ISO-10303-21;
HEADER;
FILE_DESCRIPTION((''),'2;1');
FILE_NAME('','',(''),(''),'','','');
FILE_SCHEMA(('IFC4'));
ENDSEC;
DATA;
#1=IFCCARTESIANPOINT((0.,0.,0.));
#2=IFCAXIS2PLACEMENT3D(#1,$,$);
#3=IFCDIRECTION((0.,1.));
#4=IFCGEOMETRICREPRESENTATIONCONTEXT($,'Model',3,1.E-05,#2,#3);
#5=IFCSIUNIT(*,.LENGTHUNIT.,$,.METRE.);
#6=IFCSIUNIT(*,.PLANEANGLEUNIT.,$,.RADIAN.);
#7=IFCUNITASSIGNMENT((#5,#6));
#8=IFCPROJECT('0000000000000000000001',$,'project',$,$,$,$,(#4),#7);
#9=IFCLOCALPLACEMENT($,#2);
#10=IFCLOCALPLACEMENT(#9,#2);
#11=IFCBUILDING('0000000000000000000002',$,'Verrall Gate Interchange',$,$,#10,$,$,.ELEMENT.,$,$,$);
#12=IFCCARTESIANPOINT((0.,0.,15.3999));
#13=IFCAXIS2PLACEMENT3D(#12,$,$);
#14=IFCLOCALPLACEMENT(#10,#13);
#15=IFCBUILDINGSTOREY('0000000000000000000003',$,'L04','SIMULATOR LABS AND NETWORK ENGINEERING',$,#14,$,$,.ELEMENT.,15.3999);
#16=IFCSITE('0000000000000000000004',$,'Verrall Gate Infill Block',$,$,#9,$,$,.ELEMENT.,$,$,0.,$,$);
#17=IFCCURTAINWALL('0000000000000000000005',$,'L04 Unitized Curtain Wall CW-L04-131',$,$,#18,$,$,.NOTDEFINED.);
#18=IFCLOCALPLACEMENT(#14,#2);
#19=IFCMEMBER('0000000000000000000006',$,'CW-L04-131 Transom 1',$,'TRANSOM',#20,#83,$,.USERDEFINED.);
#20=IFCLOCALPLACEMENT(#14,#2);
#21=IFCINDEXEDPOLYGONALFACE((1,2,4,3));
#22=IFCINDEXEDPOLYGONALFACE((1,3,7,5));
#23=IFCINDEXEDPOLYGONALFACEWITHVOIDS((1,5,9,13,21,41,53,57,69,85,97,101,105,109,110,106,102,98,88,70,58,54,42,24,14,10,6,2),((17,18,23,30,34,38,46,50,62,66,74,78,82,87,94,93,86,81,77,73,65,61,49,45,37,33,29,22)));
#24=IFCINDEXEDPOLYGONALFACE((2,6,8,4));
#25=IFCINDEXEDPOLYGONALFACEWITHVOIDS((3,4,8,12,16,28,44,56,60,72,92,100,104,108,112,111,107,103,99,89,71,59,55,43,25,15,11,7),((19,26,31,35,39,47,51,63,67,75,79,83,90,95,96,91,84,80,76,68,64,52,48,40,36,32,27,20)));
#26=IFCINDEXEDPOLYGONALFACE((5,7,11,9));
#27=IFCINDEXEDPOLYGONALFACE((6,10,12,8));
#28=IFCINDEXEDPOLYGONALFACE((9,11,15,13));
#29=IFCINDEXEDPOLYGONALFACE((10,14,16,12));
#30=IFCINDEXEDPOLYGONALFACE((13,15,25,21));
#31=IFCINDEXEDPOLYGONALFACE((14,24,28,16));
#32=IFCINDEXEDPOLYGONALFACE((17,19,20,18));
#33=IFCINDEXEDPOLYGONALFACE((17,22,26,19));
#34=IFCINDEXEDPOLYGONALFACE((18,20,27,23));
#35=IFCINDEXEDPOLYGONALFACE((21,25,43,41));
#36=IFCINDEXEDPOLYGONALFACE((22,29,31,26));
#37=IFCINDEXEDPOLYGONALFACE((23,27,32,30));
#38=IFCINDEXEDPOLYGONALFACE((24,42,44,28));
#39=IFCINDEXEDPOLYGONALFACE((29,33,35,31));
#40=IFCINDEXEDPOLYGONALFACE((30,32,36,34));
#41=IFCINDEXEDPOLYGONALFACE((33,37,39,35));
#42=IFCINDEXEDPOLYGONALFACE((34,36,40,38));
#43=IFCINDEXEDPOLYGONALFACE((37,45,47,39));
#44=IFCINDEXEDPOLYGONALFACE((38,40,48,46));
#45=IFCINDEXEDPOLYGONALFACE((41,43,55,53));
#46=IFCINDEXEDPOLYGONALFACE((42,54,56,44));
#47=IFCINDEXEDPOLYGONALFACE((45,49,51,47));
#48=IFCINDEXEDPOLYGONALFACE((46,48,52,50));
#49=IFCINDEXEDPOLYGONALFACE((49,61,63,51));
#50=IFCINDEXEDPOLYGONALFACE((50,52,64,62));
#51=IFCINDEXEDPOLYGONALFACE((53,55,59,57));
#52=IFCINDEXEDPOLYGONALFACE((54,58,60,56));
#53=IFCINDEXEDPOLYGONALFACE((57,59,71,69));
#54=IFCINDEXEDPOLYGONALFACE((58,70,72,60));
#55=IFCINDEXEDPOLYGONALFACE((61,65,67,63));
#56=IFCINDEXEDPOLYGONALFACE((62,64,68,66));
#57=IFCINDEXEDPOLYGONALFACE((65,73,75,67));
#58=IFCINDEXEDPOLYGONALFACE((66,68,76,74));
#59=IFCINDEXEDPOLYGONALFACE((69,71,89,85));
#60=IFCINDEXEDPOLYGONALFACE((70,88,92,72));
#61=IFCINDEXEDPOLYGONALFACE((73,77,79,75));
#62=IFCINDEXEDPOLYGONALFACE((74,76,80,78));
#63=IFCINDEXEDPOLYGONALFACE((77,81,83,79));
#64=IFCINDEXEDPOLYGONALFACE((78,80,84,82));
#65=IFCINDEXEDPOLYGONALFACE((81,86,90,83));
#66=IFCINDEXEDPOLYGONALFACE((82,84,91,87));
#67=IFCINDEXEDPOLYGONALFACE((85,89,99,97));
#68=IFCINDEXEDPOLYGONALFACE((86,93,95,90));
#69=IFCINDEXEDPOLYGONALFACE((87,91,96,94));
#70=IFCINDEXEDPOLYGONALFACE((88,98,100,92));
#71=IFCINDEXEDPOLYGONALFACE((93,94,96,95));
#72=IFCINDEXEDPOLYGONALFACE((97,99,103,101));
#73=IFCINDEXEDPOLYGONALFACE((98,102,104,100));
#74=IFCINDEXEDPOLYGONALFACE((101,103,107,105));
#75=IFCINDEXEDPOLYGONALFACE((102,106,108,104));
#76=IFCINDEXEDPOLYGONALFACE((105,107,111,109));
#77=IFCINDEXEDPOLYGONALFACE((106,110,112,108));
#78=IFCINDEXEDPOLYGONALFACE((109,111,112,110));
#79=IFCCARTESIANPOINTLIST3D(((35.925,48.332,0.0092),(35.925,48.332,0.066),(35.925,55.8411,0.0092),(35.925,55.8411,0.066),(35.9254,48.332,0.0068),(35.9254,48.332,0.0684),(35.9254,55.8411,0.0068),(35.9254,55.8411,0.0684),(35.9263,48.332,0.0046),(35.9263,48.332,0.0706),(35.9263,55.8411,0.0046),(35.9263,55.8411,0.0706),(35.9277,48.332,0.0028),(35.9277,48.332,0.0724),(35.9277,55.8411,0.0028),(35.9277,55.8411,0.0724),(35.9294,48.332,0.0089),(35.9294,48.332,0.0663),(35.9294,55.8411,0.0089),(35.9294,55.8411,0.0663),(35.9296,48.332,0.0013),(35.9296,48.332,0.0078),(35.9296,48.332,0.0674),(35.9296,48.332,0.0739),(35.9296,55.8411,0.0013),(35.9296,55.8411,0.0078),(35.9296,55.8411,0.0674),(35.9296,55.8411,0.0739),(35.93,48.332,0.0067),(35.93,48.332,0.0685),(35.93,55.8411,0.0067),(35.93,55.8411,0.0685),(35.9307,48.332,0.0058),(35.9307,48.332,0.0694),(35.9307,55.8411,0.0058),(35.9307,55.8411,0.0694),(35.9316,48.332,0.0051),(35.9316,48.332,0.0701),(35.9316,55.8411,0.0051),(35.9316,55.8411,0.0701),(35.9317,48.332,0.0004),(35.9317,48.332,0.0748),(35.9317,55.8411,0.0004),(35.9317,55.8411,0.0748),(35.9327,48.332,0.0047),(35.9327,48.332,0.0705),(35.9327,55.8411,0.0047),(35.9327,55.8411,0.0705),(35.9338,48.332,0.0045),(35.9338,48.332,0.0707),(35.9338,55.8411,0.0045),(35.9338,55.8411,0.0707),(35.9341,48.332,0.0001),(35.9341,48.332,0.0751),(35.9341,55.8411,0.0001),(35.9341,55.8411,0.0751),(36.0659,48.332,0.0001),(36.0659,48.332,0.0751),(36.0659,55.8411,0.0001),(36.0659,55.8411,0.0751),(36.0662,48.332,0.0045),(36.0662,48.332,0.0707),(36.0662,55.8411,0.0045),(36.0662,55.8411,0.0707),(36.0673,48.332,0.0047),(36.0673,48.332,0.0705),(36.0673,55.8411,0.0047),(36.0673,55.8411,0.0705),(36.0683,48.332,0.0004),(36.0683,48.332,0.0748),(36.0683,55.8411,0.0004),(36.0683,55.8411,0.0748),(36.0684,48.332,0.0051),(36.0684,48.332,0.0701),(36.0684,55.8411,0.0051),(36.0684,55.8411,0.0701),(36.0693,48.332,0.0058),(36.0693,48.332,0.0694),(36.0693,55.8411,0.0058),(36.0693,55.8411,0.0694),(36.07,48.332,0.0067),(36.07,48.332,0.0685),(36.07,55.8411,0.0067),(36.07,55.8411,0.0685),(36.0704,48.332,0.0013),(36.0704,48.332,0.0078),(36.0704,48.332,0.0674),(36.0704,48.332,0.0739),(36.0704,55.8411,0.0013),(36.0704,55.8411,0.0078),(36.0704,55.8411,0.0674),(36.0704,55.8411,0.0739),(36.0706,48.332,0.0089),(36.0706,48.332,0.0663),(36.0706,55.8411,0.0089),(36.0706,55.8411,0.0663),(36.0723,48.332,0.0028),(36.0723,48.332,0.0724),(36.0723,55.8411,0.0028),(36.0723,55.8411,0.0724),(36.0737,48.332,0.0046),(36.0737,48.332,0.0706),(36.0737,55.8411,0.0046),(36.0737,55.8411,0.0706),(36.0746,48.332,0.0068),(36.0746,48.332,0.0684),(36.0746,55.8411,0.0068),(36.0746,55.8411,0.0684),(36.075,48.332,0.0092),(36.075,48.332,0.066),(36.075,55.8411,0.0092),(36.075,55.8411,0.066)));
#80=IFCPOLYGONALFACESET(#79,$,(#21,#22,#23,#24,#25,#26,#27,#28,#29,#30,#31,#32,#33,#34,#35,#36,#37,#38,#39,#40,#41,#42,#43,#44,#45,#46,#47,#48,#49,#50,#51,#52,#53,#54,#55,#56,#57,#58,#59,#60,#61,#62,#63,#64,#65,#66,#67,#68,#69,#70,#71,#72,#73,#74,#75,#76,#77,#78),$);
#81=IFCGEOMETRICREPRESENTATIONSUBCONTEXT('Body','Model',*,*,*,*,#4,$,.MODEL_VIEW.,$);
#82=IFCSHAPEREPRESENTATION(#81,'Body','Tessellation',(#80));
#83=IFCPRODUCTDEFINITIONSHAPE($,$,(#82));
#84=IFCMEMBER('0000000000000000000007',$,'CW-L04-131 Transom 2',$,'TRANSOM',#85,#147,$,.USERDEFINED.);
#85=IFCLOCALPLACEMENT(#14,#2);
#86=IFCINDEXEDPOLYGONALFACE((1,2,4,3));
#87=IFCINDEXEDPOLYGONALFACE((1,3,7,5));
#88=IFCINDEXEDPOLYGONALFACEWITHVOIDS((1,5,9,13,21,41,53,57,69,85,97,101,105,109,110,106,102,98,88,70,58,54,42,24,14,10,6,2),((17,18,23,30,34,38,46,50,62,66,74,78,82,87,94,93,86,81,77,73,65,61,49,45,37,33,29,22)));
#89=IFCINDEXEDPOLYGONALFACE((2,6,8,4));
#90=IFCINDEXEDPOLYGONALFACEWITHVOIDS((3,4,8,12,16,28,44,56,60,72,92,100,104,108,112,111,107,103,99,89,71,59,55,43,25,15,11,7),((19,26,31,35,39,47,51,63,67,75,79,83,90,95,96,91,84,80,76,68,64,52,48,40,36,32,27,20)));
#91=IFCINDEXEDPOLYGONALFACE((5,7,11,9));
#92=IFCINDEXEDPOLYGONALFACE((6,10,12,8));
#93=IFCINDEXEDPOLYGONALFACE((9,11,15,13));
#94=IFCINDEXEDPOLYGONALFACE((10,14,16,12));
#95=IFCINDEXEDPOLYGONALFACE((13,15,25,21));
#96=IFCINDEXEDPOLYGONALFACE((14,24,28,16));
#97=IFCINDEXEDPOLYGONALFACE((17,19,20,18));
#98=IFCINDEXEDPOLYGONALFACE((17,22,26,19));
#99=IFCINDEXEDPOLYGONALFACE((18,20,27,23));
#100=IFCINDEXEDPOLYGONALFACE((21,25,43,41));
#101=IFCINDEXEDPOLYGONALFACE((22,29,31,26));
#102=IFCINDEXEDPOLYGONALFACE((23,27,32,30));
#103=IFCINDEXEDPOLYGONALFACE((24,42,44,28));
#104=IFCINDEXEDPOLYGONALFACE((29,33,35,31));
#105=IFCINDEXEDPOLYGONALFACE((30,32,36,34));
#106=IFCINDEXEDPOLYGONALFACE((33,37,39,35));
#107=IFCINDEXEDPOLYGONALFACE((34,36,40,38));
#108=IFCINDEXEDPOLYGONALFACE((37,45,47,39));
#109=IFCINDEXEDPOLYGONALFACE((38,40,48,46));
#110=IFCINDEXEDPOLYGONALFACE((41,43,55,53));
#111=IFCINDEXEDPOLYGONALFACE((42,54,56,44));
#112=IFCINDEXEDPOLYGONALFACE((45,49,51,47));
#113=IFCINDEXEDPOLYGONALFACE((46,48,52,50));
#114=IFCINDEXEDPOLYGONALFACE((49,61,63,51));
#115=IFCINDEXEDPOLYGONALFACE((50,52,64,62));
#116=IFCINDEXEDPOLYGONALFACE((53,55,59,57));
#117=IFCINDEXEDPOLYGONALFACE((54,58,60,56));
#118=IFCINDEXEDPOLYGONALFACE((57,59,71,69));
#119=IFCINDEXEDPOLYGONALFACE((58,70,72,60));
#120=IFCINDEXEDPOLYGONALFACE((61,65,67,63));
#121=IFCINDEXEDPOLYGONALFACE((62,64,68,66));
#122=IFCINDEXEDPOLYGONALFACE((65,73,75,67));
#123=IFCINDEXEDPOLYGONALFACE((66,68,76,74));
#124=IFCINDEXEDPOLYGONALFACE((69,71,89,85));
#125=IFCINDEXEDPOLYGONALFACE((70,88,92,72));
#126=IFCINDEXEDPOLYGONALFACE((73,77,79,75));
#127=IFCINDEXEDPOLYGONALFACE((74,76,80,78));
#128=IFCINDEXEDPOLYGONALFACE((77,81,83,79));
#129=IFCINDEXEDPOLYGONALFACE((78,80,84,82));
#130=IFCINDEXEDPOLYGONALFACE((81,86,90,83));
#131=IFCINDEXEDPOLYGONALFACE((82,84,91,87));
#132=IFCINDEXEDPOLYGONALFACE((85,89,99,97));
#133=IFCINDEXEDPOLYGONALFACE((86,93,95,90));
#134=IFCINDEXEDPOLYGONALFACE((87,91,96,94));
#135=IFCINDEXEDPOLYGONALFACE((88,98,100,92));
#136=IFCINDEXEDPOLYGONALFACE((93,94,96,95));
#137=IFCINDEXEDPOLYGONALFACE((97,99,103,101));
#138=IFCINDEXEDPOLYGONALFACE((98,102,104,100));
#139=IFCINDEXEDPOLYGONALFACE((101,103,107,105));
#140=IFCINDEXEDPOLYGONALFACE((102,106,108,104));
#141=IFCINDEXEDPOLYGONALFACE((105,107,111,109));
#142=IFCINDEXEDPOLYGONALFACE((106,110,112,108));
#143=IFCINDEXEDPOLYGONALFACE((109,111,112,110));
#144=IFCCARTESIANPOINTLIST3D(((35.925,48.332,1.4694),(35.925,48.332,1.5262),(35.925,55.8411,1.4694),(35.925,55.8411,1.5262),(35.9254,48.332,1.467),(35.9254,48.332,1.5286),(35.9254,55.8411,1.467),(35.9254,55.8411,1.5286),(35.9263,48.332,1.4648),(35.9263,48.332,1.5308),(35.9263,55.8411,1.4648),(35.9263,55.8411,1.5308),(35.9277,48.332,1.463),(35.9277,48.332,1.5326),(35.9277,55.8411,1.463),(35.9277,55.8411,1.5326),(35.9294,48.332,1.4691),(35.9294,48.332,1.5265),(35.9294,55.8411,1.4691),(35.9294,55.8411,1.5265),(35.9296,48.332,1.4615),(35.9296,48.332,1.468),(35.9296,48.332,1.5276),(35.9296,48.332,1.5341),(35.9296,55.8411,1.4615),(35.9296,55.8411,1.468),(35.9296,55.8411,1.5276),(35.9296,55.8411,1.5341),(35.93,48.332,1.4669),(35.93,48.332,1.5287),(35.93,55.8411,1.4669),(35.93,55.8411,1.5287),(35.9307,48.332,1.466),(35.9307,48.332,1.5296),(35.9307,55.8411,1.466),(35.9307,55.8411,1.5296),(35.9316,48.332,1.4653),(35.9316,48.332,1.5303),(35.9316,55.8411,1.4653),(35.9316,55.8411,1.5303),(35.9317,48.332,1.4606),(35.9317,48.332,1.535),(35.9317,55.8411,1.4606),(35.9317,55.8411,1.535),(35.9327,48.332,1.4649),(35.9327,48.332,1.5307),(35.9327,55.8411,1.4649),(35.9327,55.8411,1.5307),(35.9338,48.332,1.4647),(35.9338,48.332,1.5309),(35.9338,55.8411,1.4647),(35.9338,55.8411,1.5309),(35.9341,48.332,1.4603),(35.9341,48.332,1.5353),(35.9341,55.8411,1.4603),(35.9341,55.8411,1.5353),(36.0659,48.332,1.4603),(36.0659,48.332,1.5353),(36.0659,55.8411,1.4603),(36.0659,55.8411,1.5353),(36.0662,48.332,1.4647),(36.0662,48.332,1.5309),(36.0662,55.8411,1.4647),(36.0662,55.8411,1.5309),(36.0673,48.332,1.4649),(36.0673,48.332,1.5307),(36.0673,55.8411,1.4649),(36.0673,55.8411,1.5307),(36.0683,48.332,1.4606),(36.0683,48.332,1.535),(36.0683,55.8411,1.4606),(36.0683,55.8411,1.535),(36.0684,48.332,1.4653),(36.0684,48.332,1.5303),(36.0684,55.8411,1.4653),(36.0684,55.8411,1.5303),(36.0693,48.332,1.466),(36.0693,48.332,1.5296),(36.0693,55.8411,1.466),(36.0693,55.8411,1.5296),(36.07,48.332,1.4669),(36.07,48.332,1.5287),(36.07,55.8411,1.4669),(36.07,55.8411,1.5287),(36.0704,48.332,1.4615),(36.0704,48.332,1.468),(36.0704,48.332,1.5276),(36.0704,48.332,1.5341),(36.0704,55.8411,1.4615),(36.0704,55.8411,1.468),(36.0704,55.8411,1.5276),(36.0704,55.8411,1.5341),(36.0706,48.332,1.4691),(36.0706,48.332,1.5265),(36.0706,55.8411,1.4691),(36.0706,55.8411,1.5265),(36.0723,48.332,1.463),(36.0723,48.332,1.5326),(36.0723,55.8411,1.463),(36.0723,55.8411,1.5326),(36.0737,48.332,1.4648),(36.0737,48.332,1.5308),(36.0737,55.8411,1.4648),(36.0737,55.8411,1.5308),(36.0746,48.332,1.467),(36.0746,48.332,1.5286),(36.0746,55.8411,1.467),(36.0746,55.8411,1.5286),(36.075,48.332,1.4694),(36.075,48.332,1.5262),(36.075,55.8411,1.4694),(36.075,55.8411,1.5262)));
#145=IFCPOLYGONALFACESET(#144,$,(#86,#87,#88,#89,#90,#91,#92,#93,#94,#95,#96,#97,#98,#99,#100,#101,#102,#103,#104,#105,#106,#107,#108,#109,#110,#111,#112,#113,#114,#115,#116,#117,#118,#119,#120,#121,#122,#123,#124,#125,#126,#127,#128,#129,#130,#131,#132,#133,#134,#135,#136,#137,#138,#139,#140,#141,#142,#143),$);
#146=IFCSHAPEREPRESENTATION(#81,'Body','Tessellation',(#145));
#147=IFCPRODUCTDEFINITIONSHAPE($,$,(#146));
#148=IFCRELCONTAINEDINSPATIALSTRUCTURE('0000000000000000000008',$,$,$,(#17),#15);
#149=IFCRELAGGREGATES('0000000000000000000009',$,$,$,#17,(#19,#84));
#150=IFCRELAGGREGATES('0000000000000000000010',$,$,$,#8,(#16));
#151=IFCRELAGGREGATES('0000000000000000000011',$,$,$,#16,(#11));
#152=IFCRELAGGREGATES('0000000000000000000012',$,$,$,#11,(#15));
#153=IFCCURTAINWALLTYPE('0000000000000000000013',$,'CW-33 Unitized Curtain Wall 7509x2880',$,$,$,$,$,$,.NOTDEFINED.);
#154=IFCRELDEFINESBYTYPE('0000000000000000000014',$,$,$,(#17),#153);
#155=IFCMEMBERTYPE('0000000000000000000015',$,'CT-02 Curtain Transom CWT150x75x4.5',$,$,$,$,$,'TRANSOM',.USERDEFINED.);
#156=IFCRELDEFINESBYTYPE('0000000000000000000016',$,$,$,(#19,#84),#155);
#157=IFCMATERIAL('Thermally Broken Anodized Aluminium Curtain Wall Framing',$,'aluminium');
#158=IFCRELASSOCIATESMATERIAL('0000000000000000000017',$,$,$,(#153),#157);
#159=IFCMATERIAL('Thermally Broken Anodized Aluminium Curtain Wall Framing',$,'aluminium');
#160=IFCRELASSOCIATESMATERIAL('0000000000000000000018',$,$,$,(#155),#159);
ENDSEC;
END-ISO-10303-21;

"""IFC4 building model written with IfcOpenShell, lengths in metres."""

from ifc_helpers import new_model, si_unit, direction, frame, origin, origin_2d, place, context, subcontext, project, spatial, hollow_rectangle, extrude, material, material_profile, profile_set, type_object, element, aggregate, save


model = new_model("IFC4")

# Units and contexts
model_context = context("Model", 3, precision=1e-05, world=origin(), true_north=direction((0.0, 1.0)))
body_context = subcontext(model_context, "Body", "Model", "MODEL_VIEW")
ifc_project = project(units=[si_unit("LENGTHUNIT", "METRE"), si_unit("PLANEANGLEUNIT", "RADIAN")], contexts=[model_context])

# Site, building, storey
site_placement = place(None, origin())
site = spatial("IfcSite", under=ifc_project, at=site_placement, Name="Verrall Gate Infill Block", CompositionType="ELEMENT", RefElevation=0.0)
building_placement = place(site_placement, origin())
building = spatial("IfcBuilding", under=site, at=building_placement, Name="Verrall Gate Interchange", CompositionType="ELEMENT")
storey_placement = place(building_placement, frame((0.0, 0.0, 15.3999)))
storey = spatial("IfcBuildingStorey", under=building, at=storey_placement, Name="L04", Description="SIMULATOR LABS AND NETWORK ENGINEERING", CompositionType="ELEMENT", Elevation=15.3999)

# Curtain wall
ifc_material_1 = material(Name="Thermally Broken Anodized Aluminium Curtain Wall Framing", Category="aluminium")
curtain_wall_type_1 = type_object("IfcCurtainWallType", Name="CW-33 Unitized Curtain Wall 7509x2880", PredefinedType="NOTDEFINED", material=ifc_material_1)
curtain_wall_1_placement = place(storey_placement, origin())
curtain_wall_1 = element("IfcCurtainWall", 1, at=curtain_wall_1_placement, inside=storey, type_object=curtain_wall_type_1, Name="L04 Unitized Curtain Wall CW-L04-131", PredefinedType="NOTDEFINED")

# Members
ifc_material_2 = material(Name="Thermally Broken Anodized Aluminium Curtain Wall Framing", Category="aluminium")
ifc_material_profile_1 = material_profile(ifc_material_2, hollow_rectangle(XDim=0.1499, YDim=0.075, WallThickness=0.0044, InnerFilletRadius=0.0044, OuterFilletRadius=0.009, at=origin_2d()), Name="CWT150x75x4.5")
ifc_profile_set_1 = profile_set([ifc_material_profile_1], Name="Thermally Broken Anodized Aluminium Curtain Wall Framing")
member_type_1 = type_object("IfcMemberType", Name="CT-02 Curtain Transom CWT150x75x4.5", ElementType="TRANSOM", PredefinedType="USERDEFINED", material=ifc_profile_set_1)
member_1_placement = place(storey_placement, frame((36.0, 48.332, 0.0376), z_axis=(0.0, 1.0, 0.0), x_axis=(-1.0, 0.0, 0.0)))
member_1 = element("IfcMember", 2, at=member_1_placement, type_object=member_type_1, Name="CW-L04-131 Transom 1", ObjectType="TRANSOM", PredefinedType="USERDEFINED", context=body_context, shape_type="SweptSolid", body=[
    extrude(hollow_rectangle(XDim=0.1499, YDim=0.075, WallThickness=0.0044, InnerFilletRadius=0.0044, OuterFilletRadius=0.009, at=origin_2d()), origin(), (0.0, 0.0, 1.0), 7.509),
])
member_2_placement = place(storey_placement, frame((36.0, 48.332, 1.4978), z_axis=(0.0, 1.0, 0.0), x_axis=(-1.0, 0.0, 0.0)))
member_2 = element("IfcMember", 3, at=member_2_placement, type_object=member_type_1, Name="CW-L04-131 Transom 2", ObjectType="TRANSOM", PredefinedType="USERDEFINED", context=body_context, shape_type="SweptSolid", body=[
    extrude(hollow_rectangle(XDim=0.1499, YDim=0.075, WallThickness=0.0044, InnerFilletRadius=0.0044, OuterFilletRadius=0.009, at=origin_2d()), origin(), (0.0, 0.0, 1.0), 7.509),
])

aggregate(curtain_wall_1, [member_1, member_2])

save(model, "model.ifc")
